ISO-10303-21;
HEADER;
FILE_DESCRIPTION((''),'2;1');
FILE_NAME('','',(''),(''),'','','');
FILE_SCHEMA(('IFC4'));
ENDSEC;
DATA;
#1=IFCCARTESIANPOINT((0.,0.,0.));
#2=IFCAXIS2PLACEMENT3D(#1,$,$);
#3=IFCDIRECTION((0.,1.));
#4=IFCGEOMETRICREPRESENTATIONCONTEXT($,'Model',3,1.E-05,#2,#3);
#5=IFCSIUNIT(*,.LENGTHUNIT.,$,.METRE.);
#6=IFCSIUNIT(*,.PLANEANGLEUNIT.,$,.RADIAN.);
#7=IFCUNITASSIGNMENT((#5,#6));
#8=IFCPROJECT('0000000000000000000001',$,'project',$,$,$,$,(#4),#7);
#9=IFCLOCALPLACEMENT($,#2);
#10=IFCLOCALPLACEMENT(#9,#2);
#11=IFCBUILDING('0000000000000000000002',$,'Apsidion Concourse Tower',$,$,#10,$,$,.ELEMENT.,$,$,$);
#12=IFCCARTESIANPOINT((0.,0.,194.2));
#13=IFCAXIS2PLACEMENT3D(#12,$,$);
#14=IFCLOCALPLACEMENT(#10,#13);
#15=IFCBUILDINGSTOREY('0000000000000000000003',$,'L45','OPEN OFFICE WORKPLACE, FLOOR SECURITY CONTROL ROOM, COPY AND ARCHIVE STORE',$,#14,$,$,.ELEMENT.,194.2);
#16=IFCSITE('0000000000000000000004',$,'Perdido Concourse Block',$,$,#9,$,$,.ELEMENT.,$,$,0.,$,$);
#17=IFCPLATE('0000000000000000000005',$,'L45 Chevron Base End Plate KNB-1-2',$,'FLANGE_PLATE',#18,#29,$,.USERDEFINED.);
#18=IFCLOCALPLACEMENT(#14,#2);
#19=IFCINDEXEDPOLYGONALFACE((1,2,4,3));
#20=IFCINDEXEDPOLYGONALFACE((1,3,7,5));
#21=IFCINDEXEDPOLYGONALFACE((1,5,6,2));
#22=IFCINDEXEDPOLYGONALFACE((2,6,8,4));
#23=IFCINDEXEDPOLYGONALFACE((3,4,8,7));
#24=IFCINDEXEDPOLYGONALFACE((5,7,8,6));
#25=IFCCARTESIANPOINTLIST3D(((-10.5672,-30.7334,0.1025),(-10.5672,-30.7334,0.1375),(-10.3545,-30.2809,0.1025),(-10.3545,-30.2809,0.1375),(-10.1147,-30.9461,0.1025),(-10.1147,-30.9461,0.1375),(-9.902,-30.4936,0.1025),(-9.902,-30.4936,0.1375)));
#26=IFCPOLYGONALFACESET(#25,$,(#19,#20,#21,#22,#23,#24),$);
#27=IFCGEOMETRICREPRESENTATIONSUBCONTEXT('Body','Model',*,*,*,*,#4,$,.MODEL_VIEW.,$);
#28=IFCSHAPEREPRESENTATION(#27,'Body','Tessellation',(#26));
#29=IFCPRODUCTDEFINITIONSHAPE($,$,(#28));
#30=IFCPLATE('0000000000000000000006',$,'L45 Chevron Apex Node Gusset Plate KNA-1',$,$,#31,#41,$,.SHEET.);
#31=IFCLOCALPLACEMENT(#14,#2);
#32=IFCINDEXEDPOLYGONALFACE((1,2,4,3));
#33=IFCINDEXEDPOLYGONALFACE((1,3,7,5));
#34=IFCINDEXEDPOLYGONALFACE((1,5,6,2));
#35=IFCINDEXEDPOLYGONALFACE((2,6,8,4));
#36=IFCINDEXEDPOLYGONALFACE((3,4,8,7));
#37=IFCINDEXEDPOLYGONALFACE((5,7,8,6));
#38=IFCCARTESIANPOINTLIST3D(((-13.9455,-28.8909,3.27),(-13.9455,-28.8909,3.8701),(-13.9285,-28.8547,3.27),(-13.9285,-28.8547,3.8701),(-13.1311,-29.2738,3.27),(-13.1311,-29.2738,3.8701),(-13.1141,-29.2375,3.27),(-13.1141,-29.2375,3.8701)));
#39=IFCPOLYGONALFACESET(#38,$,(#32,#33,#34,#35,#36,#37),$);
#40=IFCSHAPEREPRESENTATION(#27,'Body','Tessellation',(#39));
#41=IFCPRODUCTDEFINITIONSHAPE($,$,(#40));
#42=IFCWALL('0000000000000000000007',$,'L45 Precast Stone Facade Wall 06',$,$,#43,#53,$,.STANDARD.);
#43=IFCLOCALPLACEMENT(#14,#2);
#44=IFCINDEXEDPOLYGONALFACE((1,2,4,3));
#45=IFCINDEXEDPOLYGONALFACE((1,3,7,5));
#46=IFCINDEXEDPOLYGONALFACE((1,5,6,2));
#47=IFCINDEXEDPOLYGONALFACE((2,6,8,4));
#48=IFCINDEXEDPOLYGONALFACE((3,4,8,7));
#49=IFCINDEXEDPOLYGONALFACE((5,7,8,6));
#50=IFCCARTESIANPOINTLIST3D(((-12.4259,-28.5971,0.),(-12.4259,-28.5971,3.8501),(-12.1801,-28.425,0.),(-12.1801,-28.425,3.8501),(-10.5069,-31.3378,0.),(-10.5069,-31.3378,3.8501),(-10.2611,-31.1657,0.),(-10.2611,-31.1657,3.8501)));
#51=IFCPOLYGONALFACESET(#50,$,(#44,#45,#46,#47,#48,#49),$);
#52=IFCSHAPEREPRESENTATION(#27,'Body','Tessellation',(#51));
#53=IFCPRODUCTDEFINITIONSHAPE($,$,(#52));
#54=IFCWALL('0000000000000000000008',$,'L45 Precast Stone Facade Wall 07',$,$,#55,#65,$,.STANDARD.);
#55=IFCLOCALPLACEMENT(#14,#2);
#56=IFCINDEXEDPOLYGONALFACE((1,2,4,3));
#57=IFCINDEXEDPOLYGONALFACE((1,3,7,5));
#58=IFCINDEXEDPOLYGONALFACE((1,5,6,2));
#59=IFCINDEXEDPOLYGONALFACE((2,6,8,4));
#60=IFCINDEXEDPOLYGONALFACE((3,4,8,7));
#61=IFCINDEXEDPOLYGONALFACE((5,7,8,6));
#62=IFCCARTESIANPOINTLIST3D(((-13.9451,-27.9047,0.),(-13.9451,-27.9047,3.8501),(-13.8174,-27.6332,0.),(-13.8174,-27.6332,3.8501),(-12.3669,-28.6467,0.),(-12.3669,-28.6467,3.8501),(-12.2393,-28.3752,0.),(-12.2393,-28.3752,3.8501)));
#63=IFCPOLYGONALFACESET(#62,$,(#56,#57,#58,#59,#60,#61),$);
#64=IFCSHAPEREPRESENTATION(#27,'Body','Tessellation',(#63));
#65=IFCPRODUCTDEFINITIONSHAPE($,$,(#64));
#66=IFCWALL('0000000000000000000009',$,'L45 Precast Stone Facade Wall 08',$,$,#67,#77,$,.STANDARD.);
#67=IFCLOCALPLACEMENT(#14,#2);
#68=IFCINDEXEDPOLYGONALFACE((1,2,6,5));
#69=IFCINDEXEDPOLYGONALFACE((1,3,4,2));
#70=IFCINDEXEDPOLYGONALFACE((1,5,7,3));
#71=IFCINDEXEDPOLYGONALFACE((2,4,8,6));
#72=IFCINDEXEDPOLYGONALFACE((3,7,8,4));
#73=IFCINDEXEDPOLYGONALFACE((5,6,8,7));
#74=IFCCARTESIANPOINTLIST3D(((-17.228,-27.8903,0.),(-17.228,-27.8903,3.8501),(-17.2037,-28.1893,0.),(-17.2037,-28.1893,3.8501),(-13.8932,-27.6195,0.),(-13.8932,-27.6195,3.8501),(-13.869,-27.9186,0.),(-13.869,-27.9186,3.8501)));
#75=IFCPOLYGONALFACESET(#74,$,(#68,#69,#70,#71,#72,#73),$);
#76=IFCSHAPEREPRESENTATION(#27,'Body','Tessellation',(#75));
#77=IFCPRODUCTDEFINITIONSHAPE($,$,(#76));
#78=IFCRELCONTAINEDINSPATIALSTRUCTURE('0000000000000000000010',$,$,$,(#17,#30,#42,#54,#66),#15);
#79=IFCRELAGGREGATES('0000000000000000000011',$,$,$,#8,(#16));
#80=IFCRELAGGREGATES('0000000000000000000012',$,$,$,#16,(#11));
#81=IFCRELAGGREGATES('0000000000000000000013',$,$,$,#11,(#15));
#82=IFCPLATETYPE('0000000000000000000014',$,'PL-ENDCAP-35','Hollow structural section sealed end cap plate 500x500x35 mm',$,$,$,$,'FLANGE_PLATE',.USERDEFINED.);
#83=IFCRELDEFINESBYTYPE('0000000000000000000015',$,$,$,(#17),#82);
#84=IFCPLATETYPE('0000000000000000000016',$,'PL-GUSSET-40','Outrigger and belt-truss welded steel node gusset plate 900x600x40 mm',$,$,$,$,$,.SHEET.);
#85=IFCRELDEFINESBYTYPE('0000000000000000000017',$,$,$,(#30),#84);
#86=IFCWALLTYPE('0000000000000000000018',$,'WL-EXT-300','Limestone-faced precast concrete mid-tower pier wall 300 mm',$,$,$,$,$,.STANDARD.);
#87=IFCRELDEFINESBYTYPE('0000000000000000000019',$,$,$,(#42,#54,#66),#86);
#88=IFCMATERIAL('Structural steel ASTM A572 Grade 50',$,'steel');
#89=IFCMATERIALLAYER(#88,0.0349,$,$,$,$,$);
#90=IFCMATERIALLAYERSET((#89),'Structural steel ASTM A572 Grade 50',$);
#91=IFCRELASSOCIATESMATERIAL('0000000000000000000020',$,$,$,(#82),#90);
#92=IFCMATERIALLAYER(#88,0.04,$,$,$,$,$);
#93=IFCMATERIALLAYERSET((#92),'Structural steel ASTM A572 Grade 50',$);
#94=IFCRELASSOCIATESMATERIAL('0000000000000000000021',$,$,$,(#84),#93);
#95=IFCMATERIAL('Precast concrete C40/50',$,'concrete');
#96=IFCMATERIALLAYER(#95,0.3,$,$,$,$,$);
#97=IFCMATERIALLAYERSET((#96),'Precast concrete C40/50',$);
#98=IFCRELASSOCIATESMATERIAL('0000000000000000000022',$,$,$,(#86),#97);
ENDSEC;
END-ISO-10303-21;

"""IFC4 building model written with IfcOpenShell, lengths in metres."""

from ifc_helpers import new_model, si_unit, direction, frame, frame_2d, origin, origin_2d, place, context, subcontext, project, spatial, rectangle, extrude, material, layer, layer_set, type_object, element, save


model = new_model("IFC4")

# Units and contexts
model_context = context("Model", 3, precision=1e-05, world=origin(), true_north=direction((0.0, 1.0)))
body_context = subcontext(model_context, "Body", "Model", "MODEL_VIEW")
ifc_project = project(units=[si_unit("LENGTHUNIT", "METRE"), si_unit("PLANEANGLEUNIT", "RADIAN")], contexts=[model_context])

# Site, building, storey
site_placement = place(None, origin())
site = spatial("IfcSite", under=ifc_project, at=site_placement, Name="Perdido Concourse Block", CompositionType="ELEMENT", RefElevation=0.0)
building_placement = place(site_placement, origin())
building = spatial("IfcBuilding", under=site, at=building_placement, Name="Apsidion Concourse Tower", CompositionType="ELEMENT")
storey_placement = place(building_placement, frame((0.0, 0.0, 194.2)))
storey = spatial("IfcBuildingStorey", under=building, at=storey_placement, Name="L45", Description="OPEN OFFICE WORKPLACE, FLOOR SECURITY CONTROL ROOM, COPY AND ARCHIVE STORE", CompositionType="ELEMENT", Elevation=194.2)

# Plates
ifc_material_1 = material(Name="Structural steel ASTM A572 Grade 50", Category="steel")
ifc_layer_1 = layer(ifc_material_1, 0.0349)
ifc_layer_set_1 = layer_set([ifc_layer_1], Name="Structural steel ASTM A572 Grade 50")
plate_type_1 = type_object("IfcPlateType", Name="PL-ENDCAP-35", Description="Hollow structural section sealed end cap plate 500x500x35 mm", ElementType="FLANGE_PLATE", PredefinedType="USERDEFINED", material=ifc_layer_set_1)
for number, where, z_axis, x_axis, name in (
    (1, (-10.2346, -30.6135, 0.1025), (0.0, 0.0, 1.0), (-0.904976, 0.425463, 0.0), "L45 Chevron Base End Plate KNB-1-2"),
):
    element("IfcPlate", number, at=place(storey_placement, frame(where, z_axis=z_axis, x_axis=x_axis)), inside=storey, type_object=plate_type_1, Name=name, ObjectType="FLANGE_PLATE", PredefinedType="USERDEFINED", context=body_context, shape_type="SweptSolid", body=[
        extrude(rectangle(XDim=0.5, YDim=0.5, at=origin_2d()), origin(), (0.0, 0.0, 1.0), 0.0349),
    ])
ifc_layer_2 = layer(ifc_material_1, 0.04)
ifc_layer_set_2 = layer_set([ifc_layer_2], Name="Structural steel ASTM A572 Grade 50")
plate_type_2 = type_object("IfcPlateType", Name="PL-GUSSET-40", Description="Outrigger and belt-truss welded steel node gusset plate 900x600x40 mm", PredefinedType="SHEET", material=ifc_layer_set_2)
plate_placement = place(storey_placement, frame((-13.5298, -29.0642, 3.27), z_axis=(0.0, 0.0, 1.0), x_axis=(-0.904976, 0.425463, 0.0)))
element("IfcPlate", 2, at=plate_placement, inside=storey, type_object=plate_type_2, Name="L45 Chevron Apex Node Gusset Plate KNA-1", PredefinedType="SHEET", context=body_context, shape_type="SweptSolid", body=[
    extrude(rectangle(XDim=0.8999, YDim=0.04, at=origin_2d()), origin(), (0.0, 0.0, 1.0), 0.6001),
])

# Walls
ifc_material_2 = material(Name="Precast concrete C40/50", Category="concrete")
ifc_layer_3 = layer(ifc_material_2, 0.3)
ifc_layer_set_3 = layer_set([ifc_layer_3], Name="Precast concrete C40/50")
wall_type = type_object("IfcWallType", Name="WL-EXT-300", Description="Limestone-faced precast concrete mid-tower pier wall 300 mm", PredefinedType="STANDARD", material=ifc_layer_set_3)
wall_1_placement = place(storey_placement, frame((-10.384, -31.2517, 0.0), z_axis=(0.0, 0.0, 1.0), x_axis=(-0.57355, 0.81917, 0.0)))
element("IfcWall", 3, at=wall_1_placement, inside=storey, type_object=wall_type, Name="L45 Precast Stone Facade Wall 06", PredefinedType="STANDARD", context=body_context, shape_type="SweptSolid", body=[
    extrude(rectangle(XDim=3.3457, YDim=0.3, at=frame_2d((1.6729, 0.0))), origin(), (0.0, 0.0, 1.0), 3.8501),
])
wall_2_placement = place(storey_placement, frame((-12.303, -28.511, 0.0), z_axis=(0.0, 0.0, 1.0), x_axis=(-0.904974, 0.425467, 0.0)))
element("IfcWall", 4, at=wall_2_placement, inside=storey, type_object=wall_type, Name="L45 Precast Stone Facade Wall 07", PredefinedType="STANDARD", context=body_context, shape_type="SweptSolid", body=[
    extrude(rectangle(XDim=1.7439, YDim=0.3, at=frame_2d((0.8721, 0.0))), origin(), (0.0, 0.0, 1.0), 3.8501),
])
wall_3_placement = place(storey_placement, frame((-13.8811, -27.769, 0.0), z_axis=(0.0, 0.0, 1.0), x_axis=(-0.99672, -0.080926, 0.0)))
element("IfcWall", 5, at=wall_3_placement, inside=storey, type_object=wall_type, Name="L45 Precast Stone Facade Wall 08", PredefinedType="STANDARD", context=body_context, shape_type="SweptSolid", body=[
    extrude(rectangle(XDim=3.3457, YDim=0.3, at=frame_2d((1.6729, 0.0))), origin(), (0.0, 0.0, 1.0), 3.8501),
])

save(model, "model.ifc")
